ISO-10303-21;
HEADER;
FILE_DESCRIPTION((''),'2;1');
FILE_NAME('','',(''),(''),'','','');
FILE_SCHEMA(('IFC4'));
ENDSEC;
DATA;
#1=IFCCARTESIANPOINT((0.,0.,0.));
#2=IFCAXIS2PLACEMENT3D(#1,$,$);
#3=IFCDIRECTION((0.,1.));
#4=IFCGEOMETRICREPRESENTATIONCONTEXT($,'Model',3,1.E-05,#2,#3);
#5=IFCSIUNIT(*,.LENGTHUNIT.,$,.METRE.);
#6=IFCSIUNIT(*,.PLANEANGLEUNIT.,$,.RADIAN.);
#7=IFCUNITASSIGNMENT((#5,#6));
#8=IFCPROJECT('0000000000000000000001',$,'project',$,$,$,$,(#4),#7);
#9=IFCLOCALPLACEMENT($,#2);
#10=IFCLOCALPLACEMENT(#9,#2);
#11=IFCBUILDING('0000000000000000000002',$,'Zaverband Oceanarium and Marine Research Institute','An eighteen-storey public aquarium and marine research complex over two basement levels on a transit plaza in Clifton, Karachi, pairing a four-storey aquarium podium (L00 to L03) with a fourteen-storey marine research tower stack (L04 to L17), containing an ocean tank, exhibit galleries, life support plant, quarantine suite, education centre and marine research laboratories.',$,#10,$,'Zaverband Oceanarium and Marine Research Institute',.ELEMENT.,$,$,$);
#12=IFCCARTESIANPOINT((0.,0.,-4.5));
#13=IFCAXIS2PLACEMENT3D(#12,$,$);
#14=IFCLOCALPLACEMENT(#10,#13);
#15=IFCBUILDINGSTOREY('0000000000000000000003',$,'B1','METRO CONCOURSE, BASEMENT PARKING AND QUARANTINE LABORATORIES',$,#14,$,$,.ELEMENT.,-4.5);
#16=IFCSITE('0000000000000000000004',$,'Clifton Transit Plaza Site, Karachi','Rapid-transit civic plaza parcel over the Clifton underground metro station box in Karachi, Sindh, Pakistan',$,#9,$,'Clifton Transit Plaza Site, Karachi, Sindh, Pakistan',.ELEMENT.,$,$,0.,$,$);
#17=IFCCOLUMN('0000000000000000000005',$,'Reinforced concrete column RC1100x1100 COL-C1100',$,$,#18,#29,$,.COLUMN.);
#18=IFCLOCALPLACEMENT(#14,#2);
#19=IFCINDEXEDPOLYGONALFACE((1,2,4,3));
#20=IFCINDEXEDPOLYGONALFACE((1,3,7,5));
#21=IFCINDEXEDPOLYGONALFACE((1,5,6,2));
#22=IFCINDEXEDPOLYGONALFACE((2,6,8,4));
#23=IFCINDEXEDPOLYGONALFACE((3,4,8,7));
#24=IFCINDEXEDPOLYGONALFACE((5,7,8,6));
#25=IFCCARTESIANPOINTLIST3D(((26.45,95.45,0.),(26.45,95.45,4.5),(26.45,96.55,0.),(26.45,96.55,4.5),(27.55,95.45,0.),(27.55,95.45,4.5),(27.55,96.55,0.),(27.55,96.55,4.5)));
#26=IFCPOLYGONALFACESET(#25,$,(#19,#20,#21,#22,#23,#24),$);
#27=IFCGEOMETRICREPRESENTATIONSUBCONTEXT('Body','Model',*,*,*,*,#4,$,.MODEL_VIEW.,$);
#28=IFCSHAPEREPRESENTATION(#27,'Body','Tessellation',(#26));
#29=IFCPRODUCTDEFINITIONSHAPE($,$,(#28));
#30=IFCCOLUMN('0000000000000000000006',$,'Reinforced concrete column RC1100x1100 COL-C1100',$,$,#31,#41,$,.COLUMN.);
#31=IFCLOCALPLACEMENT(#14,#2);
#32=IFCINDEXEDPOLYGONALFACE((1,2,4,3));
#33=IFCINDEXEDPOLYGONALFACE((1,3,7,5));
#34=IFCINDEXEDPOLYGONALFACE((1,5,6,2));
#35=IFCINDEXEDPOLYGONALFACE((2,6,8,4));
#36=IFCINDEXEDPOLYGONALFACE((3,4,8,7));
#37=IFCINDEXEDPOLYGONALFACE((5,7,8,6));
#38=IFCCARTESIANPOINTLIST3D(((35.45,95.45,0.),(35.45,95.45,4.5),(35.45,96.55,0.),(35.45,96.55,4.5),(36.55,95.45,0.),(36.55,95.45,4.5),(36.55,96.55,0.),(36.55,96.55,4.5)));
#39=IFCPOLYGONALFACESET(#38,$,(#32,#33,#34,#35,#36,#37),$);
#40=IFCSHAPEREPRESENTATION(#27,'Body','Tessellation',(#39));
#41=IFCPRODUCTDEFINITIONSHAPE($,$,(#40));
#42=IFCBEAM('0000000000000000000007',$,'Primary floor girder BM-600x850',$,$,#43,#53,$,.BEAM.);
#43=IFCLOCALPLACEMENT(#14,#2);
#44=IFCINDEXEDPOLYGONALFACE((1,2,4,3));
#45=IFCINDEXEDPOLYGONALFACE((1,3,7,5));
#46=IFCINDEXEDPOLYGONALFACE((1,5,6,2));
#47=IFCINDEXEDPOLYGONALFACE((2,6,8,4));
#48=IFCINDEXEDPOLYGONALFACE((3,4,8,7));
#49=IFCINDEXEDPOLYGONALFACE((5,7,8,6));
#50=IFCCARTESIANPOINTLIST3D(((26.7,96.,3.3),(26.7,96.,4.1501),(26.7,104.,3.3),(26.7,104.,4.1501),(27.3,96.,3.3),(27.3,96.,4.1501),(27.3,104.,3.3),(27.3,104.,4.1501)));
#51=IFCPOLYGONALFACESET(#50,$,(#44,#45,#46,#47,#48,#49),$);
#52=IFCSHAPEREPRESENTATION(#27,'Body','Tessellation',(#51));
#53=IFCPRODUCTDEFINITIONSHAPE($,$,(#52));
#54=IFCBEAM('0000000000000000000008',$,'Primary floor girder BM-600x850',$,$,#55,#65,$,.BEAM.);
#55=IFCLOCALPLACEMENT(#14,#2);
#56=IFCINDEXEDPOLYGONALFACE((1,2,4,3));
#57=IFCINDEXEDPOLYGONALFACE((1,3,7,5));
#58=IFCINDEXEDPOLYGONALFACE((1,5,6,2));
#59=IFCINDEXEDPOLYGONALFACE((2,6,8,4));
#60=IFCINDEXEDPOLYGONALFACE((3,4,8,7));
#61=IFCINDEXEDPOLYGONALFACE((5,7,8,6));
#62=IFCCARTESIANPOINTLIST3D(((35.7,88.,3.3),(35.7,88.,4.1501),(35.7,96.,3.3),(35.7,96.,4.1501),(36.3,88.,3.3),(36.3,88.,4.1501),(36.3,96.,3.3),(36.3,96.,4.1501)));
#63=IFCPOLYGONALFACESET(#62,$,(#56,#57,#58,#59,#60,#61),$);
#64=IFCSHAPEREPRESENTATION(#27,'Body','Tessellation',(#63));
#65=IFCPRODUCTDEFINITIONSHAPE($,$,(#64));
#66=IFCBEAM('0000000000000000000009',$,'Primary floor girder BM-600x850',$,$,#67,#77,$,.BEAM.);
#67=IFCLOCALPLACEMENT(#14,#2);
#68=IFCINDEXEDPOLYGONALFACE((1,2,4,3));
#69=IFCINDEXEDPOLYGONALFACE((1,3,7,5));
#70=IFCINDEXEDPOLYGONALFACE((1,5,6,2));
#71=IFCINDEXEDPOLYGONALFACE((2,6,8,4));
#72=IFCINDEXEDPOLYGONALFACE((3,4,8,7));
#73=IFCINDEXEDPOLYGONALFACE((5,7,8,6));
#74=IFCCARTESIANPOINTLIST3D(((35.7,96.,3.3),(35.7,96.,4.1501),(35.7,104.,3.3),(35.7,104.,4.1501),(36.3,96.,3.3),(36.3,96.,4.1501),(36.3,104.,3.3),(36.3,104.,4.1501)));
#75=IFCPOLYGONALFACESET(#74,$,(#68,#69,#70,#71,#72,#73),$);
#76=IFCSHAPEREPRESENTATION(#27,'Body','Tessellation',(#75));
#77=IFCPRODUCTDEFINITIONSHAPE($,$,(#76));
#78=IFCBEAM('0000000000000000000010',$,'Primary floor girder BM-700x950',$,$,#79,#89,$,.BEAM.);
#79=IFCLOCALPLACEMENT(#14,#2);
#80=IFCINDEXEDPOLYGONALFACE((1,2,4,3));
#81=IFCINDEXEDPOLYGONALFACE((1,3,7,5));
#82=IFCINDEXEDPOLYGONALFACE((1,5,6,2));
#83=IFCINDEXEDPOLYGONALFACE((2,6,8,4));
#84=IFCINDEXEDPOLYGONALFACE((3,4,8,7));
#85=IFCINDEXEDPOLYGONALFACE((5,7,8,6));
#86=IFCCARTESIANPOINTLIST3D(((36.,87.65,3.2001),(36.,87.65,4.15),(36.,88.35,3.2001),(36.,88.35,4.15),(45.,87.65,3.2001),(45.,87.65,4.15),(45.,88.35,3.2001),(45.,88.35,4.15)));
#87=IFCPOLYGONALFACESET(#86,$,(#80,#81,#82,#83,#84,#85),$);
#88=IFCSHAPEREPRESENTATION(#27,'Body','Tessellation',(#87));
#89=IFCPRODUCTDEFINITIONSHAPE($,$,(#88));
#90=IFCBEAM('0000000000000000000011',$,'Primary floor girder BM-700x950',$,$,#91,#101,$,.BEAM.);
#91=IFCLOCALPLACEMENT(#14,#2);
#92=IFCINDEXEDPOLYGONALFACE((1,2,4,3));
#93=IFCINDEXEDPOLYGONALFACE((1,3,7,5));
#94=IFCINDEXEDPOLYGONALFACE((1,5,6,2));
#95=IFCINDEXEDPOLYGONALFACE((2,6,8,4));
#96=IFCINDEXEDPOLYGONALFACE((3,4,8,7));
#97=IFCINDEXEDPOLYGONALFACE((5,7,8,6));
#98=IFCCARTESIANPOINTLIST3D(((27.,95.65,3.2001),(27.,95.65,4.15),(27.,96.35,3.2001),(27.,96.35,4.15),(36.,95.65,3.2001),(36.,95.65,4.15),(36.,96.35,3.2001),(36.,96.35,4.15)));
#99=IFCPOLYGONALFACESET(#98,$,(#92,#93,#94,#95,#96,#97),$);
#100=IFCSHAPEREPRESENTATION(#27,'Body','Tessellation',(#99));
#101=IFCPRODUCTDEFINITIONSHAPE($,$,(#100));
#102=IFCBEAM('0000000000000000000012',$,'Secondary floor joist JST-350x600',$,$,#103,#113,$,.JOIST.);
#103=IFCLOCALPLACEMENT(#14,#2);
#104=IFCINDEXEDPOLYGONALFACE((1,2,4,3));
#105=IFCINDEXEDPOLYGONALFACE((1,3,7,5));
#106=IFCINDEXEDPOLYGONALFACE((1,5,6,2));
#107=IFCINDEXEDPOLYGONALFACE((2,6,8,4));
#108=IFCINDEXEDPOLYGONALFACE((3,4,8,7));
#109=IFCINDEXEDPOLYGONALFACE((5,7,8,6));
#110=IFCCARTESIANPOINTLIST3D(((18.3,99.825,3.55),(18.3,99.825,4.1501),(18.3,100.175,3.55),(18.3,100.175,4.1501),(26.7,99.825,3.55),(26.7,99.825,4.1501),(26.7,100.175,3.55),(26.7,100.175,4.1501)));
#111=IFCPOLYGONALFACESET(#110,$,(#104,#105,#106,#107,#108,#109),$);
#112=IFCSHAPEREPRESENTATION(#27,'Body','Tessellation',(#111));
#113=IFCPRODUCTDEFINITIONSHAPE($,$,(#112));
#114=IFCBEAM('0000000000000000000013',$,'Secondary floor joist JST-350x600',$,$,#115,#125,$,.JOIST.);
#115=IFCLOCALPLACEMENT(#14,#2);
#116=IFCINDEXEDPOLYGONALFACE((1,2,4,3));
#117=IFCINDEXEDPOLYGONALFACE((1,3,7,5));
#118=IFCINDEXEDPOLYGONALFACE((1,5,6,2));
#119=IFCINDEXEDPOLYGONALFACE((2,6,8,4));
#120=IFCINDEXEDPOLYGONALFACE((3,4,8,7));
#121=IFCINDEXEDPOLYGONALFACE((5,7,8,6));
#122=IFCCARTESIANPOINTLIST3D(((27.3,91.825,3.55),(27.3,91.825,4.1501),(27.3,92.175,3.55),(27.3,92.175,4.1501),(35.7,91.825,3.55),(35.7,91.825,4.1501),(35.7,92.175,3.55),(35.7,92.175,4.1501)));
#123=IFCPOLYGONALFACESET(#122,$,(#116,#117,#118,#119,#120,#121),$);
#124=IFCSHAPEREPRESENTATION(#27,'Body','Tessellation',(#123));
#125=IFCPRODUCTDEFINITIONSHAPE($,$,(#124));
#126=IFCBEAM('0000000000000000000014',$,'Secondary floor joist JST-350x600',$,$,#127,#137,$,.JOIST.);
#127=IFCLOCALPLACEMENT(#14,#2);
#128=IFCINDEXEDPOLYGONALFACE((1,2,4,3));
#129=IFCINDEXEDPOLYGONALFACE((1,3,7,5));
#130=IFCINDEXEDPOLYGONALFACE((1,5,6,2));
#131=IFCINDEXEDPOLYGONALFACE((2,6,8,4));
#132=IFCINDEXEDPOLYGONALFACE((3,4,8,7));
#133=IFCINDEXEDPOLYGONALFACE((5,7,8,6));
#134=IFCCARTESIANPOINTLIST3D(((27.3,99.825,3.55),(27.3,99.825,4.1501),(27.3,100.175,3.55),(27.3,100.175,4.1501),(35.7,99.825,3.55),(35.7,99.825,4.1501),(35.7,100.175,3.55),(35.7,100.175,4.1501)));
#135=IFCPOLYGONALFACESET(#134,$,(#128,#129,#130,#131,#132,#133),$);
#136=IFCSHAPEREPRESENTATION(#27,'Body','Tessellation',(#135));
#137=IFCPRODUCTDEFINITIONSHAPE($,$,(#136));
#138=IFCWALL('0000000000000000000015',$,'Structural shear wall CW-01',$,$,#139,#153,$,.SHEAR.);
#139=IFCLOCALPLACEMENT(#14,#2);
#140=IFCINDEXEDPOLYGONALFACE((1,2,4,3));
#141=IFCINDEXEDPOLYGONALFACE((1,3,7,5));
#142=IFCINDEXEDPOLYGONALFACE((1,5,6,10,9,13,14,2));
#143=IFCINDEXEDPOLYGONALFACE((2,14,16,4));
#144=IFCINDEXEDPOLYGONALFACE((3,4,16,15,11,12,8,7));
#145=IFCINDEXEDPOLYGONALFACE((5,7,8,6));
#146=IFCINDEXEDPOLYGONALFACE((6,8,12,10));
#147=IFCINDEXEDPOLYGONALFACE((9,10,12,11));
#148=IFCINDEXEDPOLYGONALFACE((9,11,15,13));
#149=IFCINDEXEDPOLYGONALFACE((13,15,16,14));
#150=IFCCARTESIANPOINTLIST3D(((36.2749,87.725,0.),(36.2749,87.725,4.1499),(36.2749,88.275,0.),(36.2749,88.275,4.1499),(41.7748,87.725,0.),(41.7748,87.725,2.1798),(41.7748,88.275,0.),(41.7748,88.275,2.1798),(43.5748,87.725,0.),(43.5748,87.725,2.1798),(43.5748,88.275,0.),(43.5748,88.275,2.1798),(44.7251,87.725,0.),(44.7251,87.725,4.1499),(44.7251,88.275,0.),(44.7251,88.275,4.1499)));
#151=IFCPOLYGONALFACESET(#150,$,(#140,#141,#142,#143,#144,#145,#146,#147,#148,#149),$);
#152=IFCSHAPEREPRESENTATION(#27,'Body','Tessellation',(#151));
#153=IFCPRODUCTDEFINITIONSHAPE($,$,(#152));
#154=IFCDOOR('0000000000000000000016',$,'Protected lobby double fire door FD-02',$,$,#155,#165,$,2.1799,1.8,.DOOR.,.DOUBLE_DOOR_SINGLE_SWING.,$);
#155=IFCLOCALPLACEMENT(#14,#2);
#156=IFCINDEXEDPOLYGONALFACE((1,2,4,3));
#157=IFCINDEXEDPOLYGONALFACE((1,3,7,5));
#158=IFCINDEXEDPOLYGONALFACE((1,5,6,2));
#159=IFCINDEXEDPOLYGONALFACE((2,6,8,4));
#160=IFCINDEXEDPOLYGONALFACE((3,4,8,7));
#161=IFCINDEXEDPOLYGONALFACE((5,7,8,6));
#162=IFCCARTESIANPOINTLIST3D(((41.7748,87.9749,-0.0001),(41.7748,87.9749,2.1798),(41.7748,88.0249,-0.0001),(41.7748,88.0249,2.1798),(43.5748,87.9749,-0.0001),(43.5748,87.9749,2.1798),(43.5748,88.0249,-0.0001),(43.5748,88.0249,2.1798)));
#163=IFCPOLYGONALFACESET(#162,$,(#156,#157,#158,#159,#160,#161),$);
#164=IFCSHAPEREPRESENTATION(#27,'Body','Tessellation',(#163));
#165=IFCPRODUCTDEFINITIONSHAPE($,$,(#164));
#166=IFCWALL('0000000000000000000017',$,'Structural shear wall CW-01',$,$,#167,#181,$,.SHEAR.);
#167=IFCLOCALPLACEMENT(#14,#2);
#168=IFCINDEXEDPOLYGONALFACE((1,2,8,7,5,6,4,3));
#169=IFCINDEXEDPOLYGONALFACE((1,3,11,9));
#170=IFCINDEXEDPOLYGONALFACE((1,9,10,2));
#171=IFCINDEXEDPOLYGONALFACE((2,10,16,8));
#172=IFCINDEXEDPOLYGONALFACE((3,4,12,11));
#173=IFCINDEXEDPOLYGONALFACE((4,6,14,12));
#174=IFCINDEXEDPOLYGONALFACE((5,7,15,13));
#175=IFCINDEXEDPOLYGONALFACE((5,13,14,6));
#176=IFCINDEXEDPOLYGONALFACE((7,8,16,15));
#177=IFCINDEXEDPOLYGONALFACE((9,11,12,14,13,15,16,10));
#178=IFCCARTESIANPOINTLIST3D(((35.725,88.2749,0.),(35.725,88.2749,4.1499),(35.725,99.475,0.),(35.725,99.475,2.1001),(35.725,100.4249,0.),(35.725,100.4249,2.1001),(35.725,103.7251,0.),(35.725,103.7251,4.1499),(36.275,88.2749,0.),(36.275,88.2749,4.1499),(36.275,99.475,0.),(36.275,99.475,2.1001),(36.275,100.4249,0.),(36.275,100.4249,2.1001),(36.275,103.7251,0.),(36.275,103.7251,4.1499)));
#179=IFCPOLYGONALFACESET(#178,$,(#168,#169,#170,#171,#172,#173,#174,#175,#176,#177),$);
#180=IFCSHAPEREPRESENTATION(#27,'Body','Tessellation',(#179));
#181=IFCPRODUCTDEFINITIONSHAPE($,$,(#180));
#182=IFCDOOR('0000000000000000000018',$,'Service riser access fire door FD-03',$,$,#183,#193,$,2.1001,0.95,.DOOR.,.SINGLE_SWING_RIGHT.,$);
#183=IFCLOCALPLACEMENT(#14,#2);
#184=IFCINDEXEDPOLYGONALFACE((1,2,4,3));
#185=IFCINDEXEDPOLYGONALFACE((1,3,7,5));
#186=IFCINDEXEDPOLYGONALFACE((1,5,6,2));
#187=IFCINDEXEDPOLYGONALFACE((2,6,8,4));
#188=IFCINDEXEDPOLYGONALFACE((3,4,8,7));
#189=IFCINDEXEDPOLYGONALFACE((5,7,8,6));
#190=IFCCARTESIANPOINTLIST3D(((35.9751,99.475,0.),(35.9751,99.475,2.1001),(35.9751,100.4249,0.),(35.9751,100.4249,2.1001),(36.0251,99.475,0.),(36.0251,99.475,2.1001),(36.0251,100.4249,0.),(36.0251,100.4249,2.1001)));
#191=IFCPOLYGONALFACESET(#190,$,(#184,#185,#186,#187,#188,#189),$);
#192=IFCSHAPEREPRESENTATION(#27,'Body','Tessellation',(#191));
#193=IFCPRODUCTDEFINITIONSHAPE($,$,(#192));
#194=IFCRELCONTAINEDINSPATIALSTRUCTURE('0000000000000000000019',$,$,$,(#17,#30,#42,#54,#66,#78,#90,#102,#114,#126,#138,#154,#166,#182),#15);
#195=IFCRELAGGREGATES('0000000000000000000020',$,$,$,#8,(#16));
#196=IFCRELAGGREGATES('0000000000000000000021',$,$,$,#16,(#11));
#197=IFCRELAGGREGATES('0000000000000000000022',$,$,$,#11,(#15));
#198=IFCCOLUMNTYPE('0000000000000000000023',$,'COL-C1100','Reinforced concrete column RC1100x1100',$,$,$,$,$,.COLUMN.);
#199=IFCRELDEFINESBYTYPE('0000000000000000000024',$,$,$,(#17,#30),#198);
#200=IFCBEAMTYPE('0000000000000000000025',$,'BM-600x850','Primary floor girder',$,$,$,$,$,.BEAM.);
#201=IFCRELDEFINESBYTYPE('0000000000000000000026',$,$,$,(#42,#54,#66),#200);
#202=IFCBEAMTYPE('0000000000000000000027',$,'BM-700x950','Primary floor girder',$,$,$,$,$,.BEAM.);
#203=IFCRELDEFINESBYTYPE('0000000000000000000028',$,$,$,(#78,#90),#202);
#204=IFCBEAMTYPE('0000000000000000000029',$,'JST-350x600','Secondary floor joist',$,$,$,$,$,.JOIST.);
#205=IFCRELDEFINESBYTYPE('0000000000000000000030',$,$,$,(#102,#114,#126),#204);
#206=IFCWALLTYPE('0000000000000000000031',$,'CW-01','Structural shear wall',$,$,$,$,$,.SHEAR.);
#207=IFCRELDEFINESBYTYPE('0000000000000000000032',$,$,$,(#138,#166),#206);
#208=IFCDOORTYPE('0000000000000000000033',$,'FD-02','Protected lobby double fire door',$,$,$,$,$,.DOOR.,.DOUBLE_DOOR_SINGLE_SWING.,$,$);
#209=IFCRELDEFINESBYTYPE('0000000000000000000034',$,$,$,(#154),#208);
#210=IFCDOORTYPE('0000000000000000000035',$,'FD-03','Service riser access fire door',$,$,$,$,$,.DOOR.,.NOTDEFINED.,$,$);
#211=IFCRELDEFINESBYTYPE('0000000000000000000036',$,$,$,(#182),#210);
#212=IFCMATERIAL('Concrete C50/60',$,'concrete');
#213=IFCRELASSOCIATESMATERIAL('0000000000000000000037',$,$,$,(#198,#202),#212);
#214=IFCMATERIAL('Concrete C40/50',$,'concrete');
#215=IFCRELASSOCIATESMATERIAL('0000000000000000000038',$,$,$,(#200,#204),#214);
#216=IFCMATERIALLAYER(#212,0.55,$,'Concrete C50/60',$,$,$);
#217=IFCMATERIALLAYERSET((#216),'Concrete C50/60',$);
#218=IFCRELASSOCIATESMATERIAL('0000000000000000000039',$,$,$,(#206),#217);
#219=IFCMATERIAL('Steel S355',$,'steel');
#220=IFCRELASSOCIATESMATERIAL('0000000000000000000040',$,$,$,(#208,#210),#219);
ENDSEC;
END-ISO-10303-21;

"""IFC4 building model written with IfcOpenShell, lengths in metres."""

from ifc_helpers import new_model, si_unit, direction, frame, frame_2d, origin, origin_2d, place, context, subcontext, project, spatial, rectangle, extrude, material, layer, layer_set, material_profile, profile_set, type_object, element, fill, save


model = new_model("IFC4")

# Units and contexts
model_context = context("Model", 3, precision=1e-05, world=origin(), true_north=direction((0.0, 1.0)))
body_context = subcontext(model_context, "Body", "Model", "MODEL_VIEW")
ifc_project = project(units=[si_unit("LENGTHUNIT", "METRE"), si_unit("PLANEANGLEUNIT", "RADIAN")], contexts=[model_context])

# Site, building, storey
site_placement = place(None, origin())
site = spatial("IfcSite", under=ifc_project, at=site_placement, Name="Clifton Transit Plaza Site, Karachi", Description="Rapid-transit civic plaza parcel over the Clifton underground metro station box in Karachi, Sindh, Pakistan", LongName="Clifton Transit Plaza Site, Karachi, Sindh, Pakistan", CompositionType="ELEMENT", RefElevation=0.0)
building_placement = place(site_placement, origin())
building = spatial("IfcBuilding", under=site, at=building_placement, Name="Zaverband Oceanarium and Marine Research Institute", Description="An eighteen-storey public aquarium and marine research complex over two basement levels on a transit plaza in Clifton, Karachi, pairing a four-storey aquarium podium (L00 to L03) with a fourteen-storey marine research tower stack (L04 to L17), containing an ocean tank, exhibit galleries, life support plant, quarantine suite, education centre and marine research laboratories.", LongName="Zaverband Oceanarium and Marine Research Institute", CompositionType="ELEMENT")
storey_placement = place(building_placement, frame((0.0, 0.0, -4.5)))
storey = spatial("IfcBuildingStorey", under=building, at=storey_placement, Name="B1", Description="METRO CONCOURSE, BASEMENT PARKING AND QUARANTINE LABORATORIES", CompositionType="ELEMENT", Elevation=-4.5)

# Columns
ifc_material_1 = material(Name="Concrete C50/60", Category="concrete")
ifc_material_profile_1 = material_profile(ifc_material_1, rectangle(XDim=1.1001, YDim=1.1001, at=origin_2d()), Name="RC1100x1100")
ifc_profile_set_1 = profile_set([ifc_material_profile_1], Name="Concrete C50/60")
column_type = type_object("IfcColumnType", Name="COL-C1100", Description="Reinforced concrete column RC1100x1100", PredefinedType="COLUMN", material=ifc_profile_set_1)
for number, where, z_axis, x_axis, name in (
    (1, (27.0, 96.0, 0.0), (0.0, 0.0, 1.0), (1.0, 0.0, 0.0), "Reinforced concrete column RC1100x1100 COL-C1100"),
    (2, (36.0, 96.0, 0.0), (0.0, 0.0, 1.0), (1.0, 0.0, 0.0), "Reinforced concrete column RC1100x1100 COL-C1100"),
):
    element("IfcColumn", number, at=place(storey_placement, frame(where, z_axis=z_axis, x_axis=x_axis)), inside=storey, type_object=column_type, Name=name, PredefinedType="COLUMN", context=body_context, shape_type="SweptSolid", body=[
        extrude(rectangle(XDim=1.1001, YDim=1.1001, at=origin_2d()), origin(), (0.0, 0.0, 1.0), 4.5),
    ])

# Beams
ifc_material_2 = material(Name="Concrete C40/50", Category="concrete")
ifc_material_profile_2 = material_profile(ifc_material_2, rectangle(XDim=0.6001, YDim=0.8501, at=origin_2d()), Name="RC600x850")
ifc_profile_set_2 = profile_set([ifc_material_profile_2], Name="Concrete C40/50")
beam_type_1 = type_object("IfcBeamType", Name="BM-600x850", Description="Primary floor girder", PredefinedType="BEAM", material=ifc_profile_set_2)
for number, where, z_axis, x_axis, name in (
    (3, (27.0, 96.0, 3.7251), (0.0, 1.0, 0.0), (-1.0, 0.0, 0.0), "Primary floor girder BM-600x850"),
    (4, (36.0, 88.0, 3.7251), (0.0, 1.0, 0.0), (-1.0, 0.0, 0.0), "Primary floor girder BM-600x850"),
    (5, (36.0, 96.0, 3.7251), (0.0, 1.0, 0.0), (-1.0, 0.0, 0.0), "Primary floor girder BM-600x850"),
):
    element("IfcBeam", number, at=place(storey_placement, frame(where, z_axis=z_axis, x_axis=x_axis)), inside=storey, type_object=beam_type_1, Name=name, PredefinedType="BEAM", context=body_context, shape_type="SweptSolid", body=[
        extrude(rectangle(XDim=0.6001, YDim=0.8501, at=origin_2d()), origin(), (0.0, 0.0, 1.0), 8.0),
    ])
ifc_material_profile_3 = material_profile(ifc_material_1, rectangle(XDim=0.7, YDim=0.95, at=origin_2d()), Name="RC700x950")
ifc_profile_set_3 = profile_set([ifc_material_profile_3], Name="Concrete C50/60")
beam_type_2 = type_object("IfcBeamType", Name="BM-700x950", Description="Primary floor girder", PredefinedType="BEAM", material=ifc_profile_set_3)
for number, where, z_axis, x_axis, name in (
    (6, (36.0, 88.0, 3.675), (1.0, 0.0, 0.0), (0.0, 1.0, 0.0), "Primary floor girder BM-700x950"),
    (7, (27.0, 96.0, 3.675), (1.0, 0.0, 0.0), (0.0, 1.0, 0.0), "Primary floor girder BM-700x950"),
):
    element("IfcBeam", number, at=place(storey_placement, frame(where, z_axis=z_axis, x_axis=x_axis)), inside=storey, type_object=beam_type_2, Name=name, PredefinedType="BEAM", context=body_context, shape_type="SweptSolid", body=[
        extrude(rectangle(XDim=0.7, YDim=0.95, at=origin_2d()), origin(), (0.0, 0.0, 1.0), 9.0),
    ])
ifc_material_profile_4 = material_profile(ifc_material_2, rectangle(XDim=0.3501, YDim=0.6001, at=origin_2d()), Name="RC350x600")
ifc_profile_set_4 = profile_set([ifc_material_profile_4], Name="Concrete C40/50")
beam_type_3 = type_object("IfcBeamType", Name="JST-350x600", Description="Secondary floor joist", PredefinedType="JOIST", material=ifc_profile_set_4)
for number, where, z_axis, x_axis, name in (
    (8, (18.3, 100.0, 3.8501), (1.0, 0.0, 0.0), (0.0, 1.0, 0.0), "Secondary floor joist JST-350x600"),
    (9, (27.3, 92.0, 3.8501), (1.0, 0.0, 0.0), (0.0, 1.0, 0.0), "Secondary floor joist JST-350x600"),
    (10, (27.3, 100.0, 3.8501), (1.0, 0.0, 0.0), (0.0, 1.0, 0.0), "Secondary floor joist JST-350x600"),
):
    element("IfcBeam", number, at=place(storey_placement, frame(where, z_axis=z_axis, x_axis=x_axis)), inside=storey, type_object=beam_type_3, Name=name, PredefinedType="JOIST", context=body_context, shape_type="SweptSolid", body=[
        extrude(rectangle(XDim=0.3501, YDim=0.6001, at=origin_2d()), origin(), (0.0, 0.0, 1.0), 8.3999),
    ])

# Walls, openings, doors
ifc_layer_1 = layer(ifc_material_1, 0.55, Name="Concrete C50/60")
ifc_layer_set_1 = layer_set([ifc_layer_1], Name="Concrete C50/60")
wall_type_1 = type_object("IfcWallType", Name="CW-01", Description="Structural shear wall", PredefinedType="SHEAR", material=ifc_layer_set_1)
wall_1_placement = place(storey_placement, frame((36.2749, 88.0, 0.0), z_axis=(0.0, 0.0, 1.0), x_axis=(1.0, 0.0, 0.0)))
wall_1 = element("IfcWall", 11, at=wall_1_placement, inside=storey, type_object=wall_type_1, Name="Structural shear wall CW-01", PredefinedType="SHEAR", context=body_context, shape_type="SweptSolid", body=[
    extrude(rectangle(XDim=8.4502, YDim=0.55, at=frame_2d((4.2251, 0.0))), origin(), (0.0, 0.0, 1.0), 4.1499),
])
opening_1_placement = place(wall_1_placement, frame((5.5, 0.0, 0.0)))
opening_1 = element("IfcOpeningElement", 12, at=opening_1_placement, cuts=wall_1, PredefinedType="OPENING", context=body_context, shape_type="SweptSolid", body=[
    extrude(rectangle(XDim=1.8, YDim=2.1799, at=frame_2d((0.8999, 1.0898))), frame((0.0, 0.2871, 0.0), z_axis=(0.0, -1.0, 0.0), x_axis=(1.0, 0.0, 0.0)), (0.0, 0.0, 1.0), 0.574),
])
ifc_material_3 = material(Name="Steel S355", Category="steel")
door_type_1 = type_object("IfcDoorType", Name="FD-02", Description="Protected lobby double fire door", OperationType="DOUBLE_DOOR_SINGLE_SWING", PredefinedType="DOOR", material=ifc_material_3)
door_1_placement = place(opening_1_placement, origin())
door_1 = element("IfcDoor", 13, at=door_1_placement, inside=storey, type_object=door_type_1, Name="Protected lobby double fire door FD-02", OperationType="DOUBLE_DOOR_SINGLE_SWING", OverallHeight=2.1799, OverallWidth=1.8, PredefinedType="DOOR", context=body_context, shape_type="SweptSolid", body=[
    extrude(rectangle(XDim=1.8, YDim=2.1799, at=frame_2d((0.8999, 1.0898))), frame((0.0, 0.0249, 0.0), z_axis=(0.0, -1.0, 0.0), x_axis=(1.0, 0.0, 0.0)), (0.0, 0.0, 1.0), 0.05),
])
fill(opening_1, door_1)
wall_2_placement = place(storey_placement, frame((36.0, 88.2749, 0.0), z_axis=(0.0, 0.0, 1.0), x_axis=(0.0, 1.0, 0.0)))
wall_2 = element("IfcWall", 14, at=wall_2_placement, inside=storey, type_object=wall_type_1, Name="Structural shear wall CW-01", PredefinedType="SHEAR", context=body_context, shape_type="SweptSolid", body=[
    extrude(rectangle(XDim=15.4502, YDim=0.55, at=frame_2d((7.7251, 0.0))), origin(), (0.0, 0.0, 1.0), 4.1499),
])
opening_2_placement = place(wall_2_placement, frame((11.2, 0.0, 0.0)))
opening_2 = element("IfcOpeningElement", 15, at=opening_2_placement, cuts=wall_2, PredefinedType="OPENING", context=body_context, shape_type="SweptSolid", body=[
    extrude(rectangle(XDim=0.95, YDim=2.1001, at=frame_2d((0.4751, 1.05))), frame((0.0, 0.2871, 0.0), z_axis=(0.0, -1.0, 0.0), x_axis=(1.0, 0.0, 0.0)), (0.0, 0.0, 1.0), 0.574),
])
door_type_2 = type_object("IfcDoorType", Name="FD-03", Description="Service riser access fire door", OperationType="NOTDEFINED", PredefinedType="DOOR", material=ifc_material_3)
door_2_placement = place(opening_2_placement, origin())
door_2 = element("IfcDoor", 16, at=door_2_placement, inside=storey, type_object=door_type_2, Name="Service riser access fire door FD-03", OperationType="SINGLE_SWING_RIGHT", OverallHeight=2.1001, OverallWidth=0.95, PredefinedType="DOOR", context=body_context, shape_type="SweptSolid", body=[
    extrude(rectangle(XDim=0.95, YDim=2.1001, at=frame_2d((0.4751, 1.05))), frame((0.0, 0.0249, 0.0), z_axis=(0.0, -1.0, 0.0), x_axis=(1.0, 0.0, 0.0)), (0.0, 0.0, 1.0), 0.05),
])
fill(opening_2, door_2)

save(model, "model.ifc")
